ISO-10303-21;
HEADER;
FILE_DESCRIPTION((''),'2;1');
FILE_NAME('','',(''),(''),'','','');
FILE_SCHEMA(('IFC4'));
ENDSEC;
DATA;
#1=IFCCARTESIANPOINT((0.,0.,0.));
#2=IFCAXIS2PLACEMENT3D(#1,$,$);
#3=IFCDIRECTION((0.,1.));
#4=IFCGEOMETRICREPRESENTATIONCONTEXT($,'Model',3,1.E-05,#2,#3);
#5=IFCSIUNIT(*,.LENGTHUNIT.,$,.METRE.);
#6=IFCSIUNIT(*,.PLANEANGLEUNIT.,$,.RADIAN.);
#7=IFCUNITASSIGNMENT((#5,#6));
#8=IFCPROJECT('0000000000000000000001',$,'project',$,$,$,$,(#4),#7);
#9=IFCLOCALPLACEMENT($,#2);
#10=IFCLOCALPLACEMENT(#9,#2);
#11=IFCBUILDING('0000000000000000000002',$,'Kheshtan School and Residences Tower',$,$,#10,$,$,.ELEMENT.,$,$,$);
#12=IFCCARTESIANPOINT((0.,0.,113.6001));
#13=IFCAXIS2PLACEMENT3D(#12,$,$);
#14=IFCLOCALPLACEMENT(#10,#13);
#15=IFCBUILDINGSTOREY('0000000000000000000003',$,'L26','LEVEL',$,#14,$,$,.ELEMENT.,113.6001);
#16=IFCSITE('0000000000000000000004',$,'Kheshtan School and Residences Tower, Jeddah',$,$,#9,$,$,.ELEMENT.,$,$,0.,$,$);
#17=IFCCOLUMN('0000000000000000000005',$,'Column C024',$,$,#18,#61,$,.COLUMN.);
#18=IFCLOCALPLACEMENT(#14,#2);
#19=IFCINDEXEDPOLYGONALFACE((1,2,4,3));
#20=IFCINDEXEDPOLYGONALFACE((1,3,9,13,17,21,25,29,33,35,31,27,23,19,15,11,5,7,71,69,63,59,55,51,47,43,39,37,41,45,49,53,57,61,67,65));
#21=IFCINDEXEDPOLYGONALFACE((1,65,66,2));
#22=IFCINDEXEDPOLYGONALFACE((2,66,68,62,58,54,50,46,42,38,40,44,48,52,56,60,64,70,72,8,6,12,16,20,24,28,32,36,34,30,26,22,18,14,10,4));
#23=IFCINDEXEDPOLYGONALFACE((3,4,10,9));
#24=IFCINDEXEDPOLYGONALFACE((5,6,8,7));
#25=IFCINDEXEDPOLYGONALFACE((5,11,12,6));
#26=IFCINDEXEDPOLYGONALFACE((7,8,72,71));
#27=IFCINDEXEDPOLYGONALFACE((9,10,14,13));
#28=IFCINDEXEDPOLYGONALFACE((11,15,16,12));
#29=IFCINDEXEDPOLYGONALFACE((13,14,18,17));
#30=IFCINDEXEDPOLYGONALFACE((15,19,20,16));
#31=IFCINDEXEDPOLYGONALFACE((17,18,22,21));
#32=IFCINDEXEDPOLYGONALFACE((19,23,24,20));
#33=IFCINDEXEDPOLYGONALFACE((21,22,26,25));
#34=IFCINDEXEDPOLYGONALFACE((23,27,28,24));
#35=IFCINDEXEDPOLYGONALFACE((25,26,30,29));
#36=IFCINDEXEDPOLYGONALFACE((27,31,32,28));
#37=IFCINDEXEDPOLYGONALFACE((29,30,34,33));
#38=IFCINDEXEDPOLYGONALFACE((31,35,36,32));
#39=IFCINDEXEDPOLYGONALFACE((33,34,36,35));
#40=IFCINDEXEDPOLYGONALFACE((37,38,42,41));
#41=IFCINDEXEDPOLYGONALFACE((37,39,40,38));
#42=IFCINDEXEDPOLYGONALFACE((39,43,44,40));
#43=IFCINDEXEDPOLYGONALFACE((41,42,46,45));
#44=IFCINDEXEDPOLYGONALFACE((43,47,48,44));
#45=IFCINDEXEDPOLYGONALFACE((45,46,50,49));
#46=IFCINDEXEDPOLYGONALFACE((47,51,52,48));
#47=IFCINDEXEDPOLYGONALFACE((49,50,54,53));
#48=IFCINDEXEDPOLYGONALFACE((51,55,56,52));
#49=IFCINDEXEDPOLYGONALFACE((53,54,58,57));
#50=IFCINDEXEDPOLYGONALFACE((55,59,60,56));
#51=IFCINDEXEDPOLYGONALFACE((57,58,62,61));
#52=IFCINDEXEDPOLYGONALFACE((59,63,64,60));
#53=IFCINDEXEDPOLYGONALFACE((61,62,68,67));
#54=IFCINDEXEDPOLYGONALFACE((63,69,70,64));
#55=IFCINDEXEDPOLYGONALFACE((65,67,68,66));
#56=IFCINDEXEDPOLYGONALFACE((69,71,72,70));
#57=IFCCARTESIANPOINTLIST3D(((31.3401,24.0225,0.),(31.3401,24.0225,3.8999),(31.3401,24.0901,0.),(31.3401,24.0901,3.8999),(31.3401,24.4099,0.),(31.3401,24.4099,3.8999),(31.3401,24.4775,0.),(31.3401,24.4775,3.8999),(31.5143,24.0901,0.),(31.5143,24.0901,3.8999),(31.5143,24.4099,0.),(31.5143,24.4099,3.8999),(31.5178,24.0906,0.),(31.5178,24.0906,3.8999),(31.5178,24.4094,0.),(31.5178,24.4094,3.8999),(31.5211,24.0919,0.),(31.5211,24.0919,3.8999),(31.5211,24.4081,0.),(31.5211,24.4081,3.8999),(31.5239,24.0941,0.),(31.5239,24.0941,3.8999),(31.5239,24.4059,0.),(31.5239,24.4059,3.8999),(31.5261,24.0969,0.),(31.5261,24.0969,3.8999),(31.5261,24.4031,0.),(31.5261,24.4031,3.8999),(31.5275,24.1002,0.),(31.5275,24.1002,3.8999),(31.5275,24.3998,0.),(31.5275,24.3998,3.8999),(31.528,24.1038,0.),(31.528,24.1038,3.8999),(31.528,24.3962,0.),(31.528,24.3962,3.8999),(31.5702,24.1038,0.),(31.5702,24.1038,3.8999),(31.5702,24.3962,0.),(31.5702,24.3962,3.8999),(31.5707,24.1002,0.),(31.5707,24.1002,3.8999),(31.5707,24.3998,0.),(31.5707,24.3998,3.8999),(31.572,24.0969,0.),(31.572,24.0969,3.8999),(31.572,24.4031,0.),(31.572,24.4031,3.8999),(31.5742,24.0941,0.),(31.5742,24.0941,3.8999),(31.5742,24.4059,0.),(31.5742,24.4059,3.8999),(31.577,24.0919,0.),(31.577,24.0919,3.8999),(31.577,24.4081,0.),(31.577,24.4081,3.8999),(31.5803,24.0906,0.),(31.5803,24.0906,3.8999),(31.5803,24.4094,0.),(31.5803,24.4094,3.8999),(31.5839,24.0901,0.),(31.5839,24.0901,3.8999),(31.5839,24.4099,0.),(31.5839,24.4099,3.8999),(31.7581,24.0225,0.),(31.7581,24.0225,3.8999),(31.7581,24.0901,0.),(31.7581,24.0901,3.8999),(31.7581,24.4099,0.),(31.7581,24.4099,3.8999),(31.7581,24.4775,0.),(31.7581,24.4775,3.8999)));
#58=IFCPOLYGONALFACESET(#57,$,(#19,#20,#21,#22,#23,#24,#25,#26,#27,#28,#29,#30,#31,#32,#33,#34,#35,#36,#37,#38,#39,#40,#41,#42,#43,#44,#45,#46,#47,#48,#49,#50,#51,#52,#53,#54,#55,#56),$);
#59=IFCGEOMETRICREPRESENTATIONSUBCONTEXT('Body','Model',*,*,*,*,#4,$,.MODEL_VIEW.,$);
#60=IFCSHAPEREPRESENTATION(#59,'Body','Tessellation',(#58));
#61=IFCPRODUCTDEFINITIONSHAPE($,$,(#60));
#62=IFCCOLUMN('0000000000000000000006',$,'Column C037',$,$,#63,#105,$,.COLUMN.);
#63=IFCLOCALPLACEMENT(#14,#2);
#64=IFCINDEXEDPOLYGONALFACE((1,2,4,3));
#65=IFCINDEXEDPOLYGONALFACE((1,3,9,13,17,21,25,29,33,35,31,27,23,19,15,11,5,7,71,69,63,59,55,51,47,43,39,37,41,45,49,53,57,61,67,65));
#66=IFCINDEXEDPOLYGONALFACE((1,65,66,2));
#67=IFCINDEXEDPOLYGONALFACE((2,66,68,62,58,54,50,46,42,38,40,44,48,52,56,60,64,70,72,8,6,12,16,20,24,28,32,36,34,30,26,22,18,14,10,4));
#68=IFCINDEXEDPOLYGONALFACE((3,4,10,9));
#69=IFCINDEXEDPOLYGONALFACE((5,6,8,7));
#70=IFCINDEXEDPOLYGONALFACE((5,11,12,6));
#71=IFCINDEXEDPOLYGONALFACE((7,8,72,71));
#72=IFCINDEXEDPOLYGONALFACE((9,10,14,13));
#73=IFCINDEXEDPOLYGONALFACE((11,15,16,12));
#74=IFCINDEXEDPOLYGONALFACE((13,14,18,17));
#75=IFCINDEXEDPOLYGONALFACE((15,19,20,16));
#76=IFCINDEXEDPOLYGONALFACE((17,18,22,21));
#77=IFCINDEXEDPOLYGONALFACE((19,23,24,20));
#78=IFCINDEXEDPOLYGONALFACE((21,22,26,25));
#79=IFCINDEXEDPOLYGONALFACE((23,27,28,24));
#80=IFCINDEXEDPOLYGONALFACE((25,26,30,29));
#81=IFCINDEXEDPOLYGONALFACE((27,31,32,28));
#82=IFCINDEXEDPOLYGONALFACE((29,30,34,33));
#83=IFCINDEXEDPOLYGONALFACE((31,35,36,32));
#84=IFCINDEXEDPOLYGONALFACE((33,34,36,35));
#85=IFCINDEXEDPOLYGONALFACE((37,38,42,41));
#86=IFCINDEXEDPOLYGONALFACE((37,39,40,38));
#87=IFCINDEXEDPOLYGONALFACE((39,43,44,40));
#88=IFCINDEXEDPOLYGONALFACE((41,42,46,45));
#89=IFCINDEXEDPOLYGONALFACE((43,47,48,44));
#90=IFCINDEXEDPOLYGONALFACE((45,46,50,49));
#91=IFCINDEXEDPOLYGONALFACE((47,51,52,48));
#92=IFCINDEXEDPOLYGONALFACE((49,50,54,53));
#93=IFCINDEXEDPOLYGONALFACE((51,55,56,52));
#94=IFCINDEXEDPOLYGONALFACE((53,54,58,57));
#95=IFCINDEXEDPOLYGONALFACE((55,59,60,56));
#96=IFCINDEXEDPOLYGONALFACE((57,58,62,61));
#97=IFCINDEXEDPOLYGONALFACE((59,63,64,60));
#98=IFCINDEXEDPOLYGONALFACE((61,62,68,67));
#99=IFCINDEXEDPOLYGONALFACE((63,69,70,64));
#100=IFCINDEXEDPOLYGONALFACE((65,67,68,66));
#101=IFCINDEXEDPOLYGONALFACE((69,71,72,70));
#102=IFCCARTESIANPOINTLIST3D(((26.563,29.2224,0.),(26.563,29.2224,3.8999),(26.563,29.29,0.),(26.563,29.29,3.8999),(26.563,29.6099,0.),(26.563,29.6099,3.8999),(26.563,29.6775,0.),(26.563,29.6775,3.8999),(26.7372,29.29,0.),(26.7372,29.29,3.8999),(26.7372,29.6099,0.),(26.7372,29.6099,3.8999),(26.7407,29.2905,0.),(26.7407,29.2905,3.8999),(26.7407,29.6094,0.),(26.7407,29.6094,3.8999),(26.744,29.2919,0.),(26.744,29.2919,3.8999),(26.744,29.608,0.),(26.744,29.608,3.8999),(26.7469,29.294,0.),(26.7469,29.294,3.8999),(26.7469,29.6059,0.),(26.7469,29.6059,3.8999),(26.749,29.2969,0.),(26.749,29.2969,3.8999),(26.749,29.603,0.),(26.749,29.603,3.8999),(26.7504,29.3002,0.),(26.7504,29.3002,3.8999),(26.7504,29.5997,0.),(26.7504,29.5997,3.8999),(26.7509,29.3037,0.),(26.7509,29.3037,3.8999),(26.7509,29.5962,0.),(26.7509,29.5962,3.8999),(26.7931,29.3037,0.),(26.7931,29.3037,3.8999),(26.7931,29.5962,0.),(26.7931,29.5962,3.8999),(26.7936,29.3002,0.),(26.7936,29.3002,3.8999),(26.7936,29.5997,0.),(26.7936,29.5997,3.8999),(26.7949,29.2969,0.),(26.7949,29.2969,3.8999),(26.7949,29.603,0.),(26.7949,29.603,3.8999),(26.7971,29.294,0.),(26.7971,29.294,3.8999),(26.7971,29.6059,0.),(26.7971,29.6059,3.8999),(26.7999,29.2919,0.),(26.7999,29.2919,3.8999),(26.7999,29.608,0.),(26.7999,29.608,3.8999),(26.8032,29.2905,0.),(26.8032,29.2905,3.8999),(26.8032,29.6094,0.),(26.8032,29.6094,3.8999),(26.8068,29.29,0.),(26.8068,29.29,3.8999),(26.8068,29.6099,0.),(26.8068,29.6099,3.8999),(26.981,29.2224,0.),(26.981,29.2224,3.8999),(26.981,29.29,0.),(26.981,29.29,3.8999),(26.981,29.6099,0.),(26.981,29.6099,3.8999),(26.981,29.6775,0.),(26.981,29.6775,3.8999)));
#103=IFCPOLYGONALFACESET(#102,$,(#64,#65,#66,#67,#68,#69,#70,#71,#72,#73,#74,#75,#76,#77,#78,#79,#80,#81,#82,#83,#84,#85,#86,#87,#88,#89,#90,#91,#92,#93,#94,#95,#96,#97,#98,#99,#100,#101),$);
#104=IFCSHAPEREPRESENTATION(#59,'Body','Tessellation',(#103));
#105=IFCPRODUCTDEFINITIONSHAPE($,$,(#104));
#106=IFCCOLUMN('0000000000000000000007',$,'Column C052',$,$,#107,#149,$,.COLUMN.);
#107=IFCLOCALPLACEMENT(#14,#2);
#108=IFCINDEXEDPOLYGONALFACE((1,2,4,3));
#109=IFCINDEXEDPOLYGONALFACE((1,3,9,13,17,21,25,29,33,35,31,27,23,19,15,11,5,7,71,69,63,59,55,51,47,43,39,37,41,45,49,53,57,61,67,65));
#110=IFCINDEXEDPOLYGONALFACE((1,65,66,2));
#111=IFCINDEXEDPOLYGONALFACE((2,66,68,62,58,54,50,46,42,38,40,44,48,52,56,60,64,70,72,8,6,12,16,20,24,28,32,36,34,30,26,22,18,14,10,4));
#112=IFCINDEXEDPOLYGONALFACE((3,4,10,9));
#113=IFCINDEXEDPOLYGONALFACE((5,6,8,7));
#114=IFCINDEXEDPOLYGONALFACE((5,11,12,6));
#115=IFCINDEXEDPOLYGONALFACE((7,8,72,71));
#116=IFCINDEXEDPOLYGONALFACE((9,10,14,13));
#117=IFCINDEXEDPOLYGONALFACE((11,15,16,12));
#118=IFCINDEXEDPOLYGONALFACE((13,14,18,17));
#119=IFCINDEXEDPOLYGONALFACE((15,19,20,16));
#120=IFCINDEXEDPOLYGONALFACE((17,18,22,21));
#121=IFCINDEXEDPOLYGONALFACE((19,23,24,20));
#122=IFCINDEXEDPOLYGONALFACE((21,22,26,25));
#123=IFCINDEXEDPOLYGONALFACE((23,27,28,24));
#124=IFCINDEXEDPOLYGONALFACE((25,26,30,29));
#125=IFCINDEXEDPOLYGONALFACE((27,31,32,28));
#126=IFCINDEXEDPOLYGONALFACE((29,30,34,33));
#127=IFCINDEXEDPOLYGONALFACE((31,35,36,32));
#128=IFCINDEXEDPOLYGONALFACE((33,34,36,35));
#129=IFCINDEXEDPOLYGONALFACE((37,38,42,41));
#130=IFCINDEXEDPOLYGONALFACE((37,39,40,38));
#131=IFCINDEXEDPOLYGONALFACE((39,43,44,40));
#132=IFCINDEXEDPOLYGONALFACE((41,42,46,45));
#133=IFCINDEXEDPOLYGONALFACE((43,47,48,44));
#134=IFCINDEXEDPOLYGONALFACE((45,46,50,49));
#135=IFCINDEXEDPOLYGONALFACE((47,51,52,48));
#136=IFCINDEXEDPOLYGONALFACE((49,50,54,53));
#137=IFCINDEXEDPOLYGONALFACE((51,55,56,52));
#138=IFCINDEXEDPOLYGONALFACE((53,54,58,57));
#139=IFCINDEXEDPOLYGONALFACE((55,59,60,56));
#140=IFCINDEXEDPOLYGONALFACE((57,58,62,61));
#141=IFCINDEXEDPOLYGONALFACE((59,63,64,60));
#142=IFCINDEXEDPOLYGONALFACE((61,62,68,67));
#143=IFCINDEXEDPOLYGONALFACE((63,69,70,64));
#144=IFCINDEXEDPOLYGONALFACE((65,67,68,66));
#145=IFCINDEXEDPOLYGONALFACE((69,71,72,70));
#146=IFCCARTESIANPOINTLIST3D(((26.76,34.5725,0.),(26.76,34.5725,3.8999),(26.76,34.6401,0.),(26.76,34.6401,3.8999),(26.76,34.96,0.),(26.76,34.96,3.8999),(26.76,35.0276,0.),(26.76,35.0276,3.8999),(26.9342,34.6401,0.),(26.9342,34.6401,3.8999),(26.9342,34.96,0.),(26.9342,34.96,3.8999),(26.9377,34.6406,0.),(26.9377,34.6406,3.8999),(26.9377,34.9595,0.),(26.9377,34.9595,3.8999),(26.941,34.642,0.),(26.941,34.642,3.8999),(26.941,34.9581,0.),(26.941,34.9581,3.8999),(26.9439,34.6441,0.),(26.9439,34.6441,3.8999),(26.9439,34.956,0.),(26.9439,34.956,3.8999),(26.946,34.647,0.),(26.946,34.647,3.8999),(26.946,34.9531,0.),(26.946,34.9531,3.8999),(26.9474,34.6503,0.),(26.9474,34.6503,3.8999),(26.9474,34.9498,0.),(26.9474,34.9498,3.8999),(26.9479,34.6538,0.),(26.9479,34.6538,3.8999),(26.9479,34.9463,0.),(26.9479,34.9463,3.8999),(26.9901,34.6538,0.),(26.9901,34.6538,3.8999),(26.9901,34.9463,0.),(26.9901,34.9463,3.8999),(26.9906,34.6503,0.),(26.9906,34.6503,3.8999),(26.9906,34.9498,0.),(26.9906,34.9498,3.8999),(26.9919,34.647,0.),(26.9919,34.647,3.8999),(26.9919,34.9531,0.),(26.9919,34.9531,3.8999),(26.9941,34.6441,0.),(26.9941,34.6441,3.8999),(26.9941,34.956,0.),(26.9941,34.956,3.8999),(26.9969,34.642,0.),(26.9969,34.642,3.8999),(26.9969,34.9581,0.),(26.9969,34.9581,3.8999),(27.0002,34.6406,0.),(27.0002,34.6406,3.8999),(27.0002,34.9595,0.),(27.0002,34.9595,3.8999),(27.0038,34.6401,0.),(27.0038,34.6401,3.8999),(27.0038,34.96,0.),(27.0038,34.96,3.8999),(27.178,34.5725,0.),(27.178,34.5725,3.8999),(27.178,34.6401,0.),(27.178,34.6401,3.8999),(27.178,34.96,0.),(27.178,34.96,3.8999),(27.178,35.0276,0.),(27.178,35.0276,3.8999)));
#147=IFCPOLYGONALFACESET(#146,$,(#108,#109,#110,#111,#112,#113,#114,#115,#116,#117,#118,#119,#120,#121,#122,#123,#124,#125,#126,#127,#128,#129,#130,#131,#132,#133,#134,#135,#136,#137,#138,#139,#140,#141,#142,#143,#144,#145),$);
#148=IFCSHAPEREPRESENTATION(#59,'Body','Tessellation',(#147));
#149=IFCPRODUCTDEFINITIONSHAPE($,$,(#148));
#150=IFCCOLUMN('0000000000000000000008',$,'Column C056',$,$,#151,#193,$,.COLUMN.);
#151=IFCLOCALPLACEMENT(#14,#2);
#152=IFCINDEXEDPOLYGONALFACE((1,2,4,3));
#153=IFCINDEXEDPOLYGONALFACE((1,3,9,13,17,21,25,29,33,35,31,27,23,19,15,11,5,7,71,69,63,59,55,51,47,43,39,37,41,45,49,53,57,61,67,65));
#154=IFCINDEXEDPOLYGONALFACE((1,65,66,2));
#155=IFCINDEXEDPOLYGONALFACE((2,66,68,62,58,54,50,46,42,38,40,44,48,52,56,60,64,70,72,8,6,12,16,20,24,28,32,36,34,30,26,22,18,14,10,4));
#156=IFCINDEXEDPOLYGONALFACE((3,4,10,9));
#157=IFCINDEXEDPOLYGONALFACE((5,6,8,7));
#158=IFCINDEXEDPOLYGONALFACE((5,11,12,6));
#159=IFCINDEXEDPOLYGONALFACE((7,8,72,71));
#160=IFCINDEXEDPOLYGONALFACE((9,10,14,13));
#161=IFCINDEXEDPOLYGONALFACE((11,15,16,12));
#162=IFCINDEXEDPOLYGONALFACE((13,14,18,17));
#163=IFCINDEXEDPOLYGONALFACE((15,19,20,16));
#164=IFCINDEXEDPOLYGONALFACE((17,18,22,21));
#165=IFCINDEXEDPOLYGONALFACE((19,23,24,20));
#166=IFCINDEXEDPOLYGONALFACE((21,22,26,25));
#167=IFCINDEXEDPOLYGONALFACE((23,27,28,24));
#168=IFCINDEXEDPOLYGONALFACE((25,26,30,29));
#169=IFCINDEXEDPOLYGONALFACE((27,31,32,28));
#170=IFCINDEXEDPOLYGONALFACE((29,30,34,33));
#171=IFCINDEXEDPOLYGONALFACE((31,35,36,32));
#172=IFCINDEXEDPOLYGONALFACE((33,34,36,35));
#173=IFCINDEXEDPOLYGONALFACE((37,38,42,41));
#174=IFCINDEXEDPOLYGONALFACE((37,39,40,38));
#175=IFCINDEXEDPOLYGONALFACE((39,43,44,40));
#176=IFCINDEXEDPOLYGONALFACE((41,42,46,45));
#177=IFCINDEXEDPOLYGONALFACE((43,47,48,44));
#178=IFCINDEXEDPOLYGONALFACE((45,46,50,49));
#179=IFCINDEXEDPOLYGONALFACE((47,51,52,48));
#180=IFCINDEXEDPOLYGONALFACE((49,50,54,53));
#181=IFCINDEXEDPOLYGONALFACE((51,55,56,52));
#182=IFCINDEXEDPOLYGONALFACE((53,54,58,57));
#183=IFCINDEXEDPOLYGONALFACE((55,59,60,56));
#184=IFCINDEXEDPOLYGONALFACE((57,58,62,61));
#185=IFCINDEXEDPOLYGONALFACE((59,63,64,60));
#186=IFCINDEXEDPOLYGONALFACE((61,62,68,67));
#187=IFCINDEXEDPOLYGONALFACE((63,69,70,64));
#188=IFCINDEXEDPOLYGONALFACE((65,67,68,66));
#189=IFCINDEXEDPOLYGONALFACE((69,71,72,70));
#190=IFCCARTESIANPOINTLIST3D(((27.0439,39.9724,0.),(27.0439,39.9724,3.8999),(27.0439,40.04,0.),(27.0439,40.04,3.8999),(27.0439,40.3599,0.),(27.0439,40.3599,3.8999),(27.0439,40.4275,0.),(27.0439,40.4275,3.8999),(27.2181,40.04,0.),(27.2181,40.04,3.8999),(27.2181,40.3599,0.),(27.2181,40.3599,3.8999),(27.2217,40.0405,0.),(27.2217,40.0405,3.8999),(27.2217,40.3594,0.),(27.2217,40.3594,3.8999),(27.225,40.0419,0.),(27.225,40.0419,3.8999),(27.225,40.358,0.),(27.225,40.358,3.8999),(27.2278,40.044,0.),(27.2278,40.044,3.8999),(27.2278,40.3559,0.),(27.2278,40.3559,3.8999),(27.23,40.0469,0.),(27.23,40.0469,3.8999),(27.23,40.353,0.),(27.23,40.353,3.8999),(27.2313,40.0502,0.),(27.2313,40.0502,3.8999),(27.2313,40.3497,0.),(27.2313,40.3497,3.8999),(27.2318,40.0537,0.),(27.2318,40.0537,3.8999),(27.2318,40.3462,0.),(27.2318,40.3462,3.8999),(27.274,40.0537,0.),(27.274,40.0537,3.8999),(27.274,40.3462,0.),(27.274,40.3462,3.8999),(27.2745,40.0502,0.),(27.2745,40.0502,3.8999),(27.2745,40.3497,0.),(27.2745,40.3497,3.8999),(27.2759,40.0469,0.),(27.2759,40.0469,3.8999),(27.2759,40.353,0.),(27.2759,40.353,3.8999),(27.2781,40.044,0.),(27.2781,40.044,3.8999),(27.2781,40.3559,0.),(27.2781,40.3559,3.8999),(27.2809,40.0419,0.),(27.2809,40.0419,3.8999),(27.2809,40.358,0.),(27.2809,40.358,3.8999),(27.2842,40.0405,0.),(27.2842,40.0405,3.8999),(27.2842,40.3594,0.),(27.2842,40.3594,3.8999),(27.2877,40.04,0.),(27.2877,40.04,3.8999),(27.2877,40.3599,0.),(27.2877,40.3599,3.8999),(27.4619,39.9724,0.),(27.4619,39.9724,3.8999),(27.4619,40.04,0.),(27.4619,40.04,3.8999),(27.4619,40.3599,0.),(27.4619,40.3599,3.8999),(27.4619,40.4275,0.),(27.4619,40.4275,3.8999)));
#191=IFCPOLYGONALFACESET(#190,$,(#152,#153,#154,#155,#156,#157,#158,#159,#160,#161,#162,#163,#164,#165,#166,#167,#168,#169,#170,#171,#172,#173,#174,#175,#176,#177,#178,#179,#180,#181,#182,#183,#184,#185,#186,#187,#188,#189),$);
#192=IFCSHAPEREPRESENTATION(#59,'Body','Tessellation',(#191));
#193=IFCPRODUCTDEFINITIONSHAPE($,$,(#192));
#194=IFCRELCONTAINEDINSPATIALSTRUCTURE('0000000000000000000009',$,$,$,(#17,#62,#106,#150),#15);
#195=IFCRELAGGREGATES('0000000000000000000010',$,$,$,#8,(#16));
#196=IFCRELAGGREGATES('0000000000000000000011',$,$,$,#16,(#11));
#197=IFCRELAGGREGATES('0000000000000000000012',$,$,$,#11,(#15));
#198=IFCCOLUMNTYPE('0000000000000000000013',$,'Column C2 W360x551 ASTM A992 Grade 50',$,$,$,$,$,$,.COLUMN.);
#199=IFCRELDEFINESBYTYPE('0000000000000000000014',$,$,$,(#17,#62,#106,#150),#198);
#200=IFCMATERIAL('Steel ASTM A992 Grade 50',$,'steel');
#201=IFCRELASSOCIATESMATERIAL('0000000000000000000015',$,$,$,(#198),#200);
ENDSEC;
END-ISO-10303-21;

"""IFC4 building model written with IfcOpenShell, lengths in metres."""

from ifc_helpers import new_model, si_unit, direction, frame, origin, origin_2d, place, context, subcontext, project, spatial, i_section, extrude, material, material_profile, profile_set, type_object, element, save


model = new_model("IFC4")

# Units and contexts
model_context = context("Model", 3, precision=1e-05, world=origin(), true_north=direction((0.0, 1.0)))
body_context = subcontext(model_context, "Body", "Model", "MODEL_VIEW")
ifc_project = project(units=[si_unit("LENGTHUNIT", "METRE"), si_unit("PLANEANGLEUNIT", "RADIAN")], contexts=[model_context])

# Site, building, storey
site_placement = place(None, origin())
site = spatial("IfcSite", under=ifc_project, at=site_placement, Name="Kheshtan School and Residences Tower, Jeddah", CompositionType="ELEMENT", RefElevation=0.0)
building_placement = place(site_placement, origin())
building = spatial("IfcBuilding", under=site, at=building_placement, Name="Kheshtan School and Residences Tower", CompositionType="ELEMENT")
storey_placement = place(building_placement, frame((0.0, 0.0, 113.6001)))
storey = spatial("IfcBuildingStorey", under=building, at=storey_placement, Name="L26", Description="LEVEL", CompositionType="ELEMENT", Elevation=113.6001)

# Columns
ifc_material_1 = material(Name="Steel ASTM A992 Grade 50", Category="steel")
ifc_material_profile_1 = material_profile(ifc_material_1, i_section(OverallWidth=0.418, OverallDepth=0.4551, WebThickness=0.0422, FlangeThickness=0.0676, FilletRadius=0.0137, at=origin_2d()), Name="W360x551")
ifc_profile_set_1 = profile_set([ifc_material_profile_1], Name="Steel ASTM A992 Grade 50")
column_type = type_object("IfcColumnType", Name="Column C2 W360x551 ASTM A992 Grade 50", PredefinedType="COLUMN", material=ifc_profile_set_1)
for number, where, z_axis, x_axis, name in (
    (1, (31.5491, 24.25, 0.0), (0.0, 0.0, 1.0), (1.0, 0.0, 0.0), "Column C024"),
    (2, (26.772, 29.45, 0.0), (0.0, 0.0, 1.0), (1.0, 0.0, 0.0), "Column C037"),
    (3, (26.969, 34.8, 0.0), (0.0, 0.0, 1.0), (1.0, 0.0, 0.0), "Column C052"),
    (4, (27.2529, 40.2, 0.0), (0.0, 0.0, 1.0), (1.0, 0.0, 0.0), "Column C056"),
):
    element("IfcColumn", number, at=place(storey_placement, frame(where, z_axis=z_axis, x_axis=x_axis)), inside=storey, type_object=column_type, Name=name, PredefinedType="COLUMN", context=body_context, shape_type="SweptSolid", body=[
        extrude(i_section(OverallWidth=0.418, OverallDepth=0.4551, WebThickness=0.0422, FlangeThickness=0.0676, FilletRadius=0.0137, at=origin_2d()), origin(), (0.0, 0.0, 1.0), 3.8999),
    ])

save(model, "model.ifc")
